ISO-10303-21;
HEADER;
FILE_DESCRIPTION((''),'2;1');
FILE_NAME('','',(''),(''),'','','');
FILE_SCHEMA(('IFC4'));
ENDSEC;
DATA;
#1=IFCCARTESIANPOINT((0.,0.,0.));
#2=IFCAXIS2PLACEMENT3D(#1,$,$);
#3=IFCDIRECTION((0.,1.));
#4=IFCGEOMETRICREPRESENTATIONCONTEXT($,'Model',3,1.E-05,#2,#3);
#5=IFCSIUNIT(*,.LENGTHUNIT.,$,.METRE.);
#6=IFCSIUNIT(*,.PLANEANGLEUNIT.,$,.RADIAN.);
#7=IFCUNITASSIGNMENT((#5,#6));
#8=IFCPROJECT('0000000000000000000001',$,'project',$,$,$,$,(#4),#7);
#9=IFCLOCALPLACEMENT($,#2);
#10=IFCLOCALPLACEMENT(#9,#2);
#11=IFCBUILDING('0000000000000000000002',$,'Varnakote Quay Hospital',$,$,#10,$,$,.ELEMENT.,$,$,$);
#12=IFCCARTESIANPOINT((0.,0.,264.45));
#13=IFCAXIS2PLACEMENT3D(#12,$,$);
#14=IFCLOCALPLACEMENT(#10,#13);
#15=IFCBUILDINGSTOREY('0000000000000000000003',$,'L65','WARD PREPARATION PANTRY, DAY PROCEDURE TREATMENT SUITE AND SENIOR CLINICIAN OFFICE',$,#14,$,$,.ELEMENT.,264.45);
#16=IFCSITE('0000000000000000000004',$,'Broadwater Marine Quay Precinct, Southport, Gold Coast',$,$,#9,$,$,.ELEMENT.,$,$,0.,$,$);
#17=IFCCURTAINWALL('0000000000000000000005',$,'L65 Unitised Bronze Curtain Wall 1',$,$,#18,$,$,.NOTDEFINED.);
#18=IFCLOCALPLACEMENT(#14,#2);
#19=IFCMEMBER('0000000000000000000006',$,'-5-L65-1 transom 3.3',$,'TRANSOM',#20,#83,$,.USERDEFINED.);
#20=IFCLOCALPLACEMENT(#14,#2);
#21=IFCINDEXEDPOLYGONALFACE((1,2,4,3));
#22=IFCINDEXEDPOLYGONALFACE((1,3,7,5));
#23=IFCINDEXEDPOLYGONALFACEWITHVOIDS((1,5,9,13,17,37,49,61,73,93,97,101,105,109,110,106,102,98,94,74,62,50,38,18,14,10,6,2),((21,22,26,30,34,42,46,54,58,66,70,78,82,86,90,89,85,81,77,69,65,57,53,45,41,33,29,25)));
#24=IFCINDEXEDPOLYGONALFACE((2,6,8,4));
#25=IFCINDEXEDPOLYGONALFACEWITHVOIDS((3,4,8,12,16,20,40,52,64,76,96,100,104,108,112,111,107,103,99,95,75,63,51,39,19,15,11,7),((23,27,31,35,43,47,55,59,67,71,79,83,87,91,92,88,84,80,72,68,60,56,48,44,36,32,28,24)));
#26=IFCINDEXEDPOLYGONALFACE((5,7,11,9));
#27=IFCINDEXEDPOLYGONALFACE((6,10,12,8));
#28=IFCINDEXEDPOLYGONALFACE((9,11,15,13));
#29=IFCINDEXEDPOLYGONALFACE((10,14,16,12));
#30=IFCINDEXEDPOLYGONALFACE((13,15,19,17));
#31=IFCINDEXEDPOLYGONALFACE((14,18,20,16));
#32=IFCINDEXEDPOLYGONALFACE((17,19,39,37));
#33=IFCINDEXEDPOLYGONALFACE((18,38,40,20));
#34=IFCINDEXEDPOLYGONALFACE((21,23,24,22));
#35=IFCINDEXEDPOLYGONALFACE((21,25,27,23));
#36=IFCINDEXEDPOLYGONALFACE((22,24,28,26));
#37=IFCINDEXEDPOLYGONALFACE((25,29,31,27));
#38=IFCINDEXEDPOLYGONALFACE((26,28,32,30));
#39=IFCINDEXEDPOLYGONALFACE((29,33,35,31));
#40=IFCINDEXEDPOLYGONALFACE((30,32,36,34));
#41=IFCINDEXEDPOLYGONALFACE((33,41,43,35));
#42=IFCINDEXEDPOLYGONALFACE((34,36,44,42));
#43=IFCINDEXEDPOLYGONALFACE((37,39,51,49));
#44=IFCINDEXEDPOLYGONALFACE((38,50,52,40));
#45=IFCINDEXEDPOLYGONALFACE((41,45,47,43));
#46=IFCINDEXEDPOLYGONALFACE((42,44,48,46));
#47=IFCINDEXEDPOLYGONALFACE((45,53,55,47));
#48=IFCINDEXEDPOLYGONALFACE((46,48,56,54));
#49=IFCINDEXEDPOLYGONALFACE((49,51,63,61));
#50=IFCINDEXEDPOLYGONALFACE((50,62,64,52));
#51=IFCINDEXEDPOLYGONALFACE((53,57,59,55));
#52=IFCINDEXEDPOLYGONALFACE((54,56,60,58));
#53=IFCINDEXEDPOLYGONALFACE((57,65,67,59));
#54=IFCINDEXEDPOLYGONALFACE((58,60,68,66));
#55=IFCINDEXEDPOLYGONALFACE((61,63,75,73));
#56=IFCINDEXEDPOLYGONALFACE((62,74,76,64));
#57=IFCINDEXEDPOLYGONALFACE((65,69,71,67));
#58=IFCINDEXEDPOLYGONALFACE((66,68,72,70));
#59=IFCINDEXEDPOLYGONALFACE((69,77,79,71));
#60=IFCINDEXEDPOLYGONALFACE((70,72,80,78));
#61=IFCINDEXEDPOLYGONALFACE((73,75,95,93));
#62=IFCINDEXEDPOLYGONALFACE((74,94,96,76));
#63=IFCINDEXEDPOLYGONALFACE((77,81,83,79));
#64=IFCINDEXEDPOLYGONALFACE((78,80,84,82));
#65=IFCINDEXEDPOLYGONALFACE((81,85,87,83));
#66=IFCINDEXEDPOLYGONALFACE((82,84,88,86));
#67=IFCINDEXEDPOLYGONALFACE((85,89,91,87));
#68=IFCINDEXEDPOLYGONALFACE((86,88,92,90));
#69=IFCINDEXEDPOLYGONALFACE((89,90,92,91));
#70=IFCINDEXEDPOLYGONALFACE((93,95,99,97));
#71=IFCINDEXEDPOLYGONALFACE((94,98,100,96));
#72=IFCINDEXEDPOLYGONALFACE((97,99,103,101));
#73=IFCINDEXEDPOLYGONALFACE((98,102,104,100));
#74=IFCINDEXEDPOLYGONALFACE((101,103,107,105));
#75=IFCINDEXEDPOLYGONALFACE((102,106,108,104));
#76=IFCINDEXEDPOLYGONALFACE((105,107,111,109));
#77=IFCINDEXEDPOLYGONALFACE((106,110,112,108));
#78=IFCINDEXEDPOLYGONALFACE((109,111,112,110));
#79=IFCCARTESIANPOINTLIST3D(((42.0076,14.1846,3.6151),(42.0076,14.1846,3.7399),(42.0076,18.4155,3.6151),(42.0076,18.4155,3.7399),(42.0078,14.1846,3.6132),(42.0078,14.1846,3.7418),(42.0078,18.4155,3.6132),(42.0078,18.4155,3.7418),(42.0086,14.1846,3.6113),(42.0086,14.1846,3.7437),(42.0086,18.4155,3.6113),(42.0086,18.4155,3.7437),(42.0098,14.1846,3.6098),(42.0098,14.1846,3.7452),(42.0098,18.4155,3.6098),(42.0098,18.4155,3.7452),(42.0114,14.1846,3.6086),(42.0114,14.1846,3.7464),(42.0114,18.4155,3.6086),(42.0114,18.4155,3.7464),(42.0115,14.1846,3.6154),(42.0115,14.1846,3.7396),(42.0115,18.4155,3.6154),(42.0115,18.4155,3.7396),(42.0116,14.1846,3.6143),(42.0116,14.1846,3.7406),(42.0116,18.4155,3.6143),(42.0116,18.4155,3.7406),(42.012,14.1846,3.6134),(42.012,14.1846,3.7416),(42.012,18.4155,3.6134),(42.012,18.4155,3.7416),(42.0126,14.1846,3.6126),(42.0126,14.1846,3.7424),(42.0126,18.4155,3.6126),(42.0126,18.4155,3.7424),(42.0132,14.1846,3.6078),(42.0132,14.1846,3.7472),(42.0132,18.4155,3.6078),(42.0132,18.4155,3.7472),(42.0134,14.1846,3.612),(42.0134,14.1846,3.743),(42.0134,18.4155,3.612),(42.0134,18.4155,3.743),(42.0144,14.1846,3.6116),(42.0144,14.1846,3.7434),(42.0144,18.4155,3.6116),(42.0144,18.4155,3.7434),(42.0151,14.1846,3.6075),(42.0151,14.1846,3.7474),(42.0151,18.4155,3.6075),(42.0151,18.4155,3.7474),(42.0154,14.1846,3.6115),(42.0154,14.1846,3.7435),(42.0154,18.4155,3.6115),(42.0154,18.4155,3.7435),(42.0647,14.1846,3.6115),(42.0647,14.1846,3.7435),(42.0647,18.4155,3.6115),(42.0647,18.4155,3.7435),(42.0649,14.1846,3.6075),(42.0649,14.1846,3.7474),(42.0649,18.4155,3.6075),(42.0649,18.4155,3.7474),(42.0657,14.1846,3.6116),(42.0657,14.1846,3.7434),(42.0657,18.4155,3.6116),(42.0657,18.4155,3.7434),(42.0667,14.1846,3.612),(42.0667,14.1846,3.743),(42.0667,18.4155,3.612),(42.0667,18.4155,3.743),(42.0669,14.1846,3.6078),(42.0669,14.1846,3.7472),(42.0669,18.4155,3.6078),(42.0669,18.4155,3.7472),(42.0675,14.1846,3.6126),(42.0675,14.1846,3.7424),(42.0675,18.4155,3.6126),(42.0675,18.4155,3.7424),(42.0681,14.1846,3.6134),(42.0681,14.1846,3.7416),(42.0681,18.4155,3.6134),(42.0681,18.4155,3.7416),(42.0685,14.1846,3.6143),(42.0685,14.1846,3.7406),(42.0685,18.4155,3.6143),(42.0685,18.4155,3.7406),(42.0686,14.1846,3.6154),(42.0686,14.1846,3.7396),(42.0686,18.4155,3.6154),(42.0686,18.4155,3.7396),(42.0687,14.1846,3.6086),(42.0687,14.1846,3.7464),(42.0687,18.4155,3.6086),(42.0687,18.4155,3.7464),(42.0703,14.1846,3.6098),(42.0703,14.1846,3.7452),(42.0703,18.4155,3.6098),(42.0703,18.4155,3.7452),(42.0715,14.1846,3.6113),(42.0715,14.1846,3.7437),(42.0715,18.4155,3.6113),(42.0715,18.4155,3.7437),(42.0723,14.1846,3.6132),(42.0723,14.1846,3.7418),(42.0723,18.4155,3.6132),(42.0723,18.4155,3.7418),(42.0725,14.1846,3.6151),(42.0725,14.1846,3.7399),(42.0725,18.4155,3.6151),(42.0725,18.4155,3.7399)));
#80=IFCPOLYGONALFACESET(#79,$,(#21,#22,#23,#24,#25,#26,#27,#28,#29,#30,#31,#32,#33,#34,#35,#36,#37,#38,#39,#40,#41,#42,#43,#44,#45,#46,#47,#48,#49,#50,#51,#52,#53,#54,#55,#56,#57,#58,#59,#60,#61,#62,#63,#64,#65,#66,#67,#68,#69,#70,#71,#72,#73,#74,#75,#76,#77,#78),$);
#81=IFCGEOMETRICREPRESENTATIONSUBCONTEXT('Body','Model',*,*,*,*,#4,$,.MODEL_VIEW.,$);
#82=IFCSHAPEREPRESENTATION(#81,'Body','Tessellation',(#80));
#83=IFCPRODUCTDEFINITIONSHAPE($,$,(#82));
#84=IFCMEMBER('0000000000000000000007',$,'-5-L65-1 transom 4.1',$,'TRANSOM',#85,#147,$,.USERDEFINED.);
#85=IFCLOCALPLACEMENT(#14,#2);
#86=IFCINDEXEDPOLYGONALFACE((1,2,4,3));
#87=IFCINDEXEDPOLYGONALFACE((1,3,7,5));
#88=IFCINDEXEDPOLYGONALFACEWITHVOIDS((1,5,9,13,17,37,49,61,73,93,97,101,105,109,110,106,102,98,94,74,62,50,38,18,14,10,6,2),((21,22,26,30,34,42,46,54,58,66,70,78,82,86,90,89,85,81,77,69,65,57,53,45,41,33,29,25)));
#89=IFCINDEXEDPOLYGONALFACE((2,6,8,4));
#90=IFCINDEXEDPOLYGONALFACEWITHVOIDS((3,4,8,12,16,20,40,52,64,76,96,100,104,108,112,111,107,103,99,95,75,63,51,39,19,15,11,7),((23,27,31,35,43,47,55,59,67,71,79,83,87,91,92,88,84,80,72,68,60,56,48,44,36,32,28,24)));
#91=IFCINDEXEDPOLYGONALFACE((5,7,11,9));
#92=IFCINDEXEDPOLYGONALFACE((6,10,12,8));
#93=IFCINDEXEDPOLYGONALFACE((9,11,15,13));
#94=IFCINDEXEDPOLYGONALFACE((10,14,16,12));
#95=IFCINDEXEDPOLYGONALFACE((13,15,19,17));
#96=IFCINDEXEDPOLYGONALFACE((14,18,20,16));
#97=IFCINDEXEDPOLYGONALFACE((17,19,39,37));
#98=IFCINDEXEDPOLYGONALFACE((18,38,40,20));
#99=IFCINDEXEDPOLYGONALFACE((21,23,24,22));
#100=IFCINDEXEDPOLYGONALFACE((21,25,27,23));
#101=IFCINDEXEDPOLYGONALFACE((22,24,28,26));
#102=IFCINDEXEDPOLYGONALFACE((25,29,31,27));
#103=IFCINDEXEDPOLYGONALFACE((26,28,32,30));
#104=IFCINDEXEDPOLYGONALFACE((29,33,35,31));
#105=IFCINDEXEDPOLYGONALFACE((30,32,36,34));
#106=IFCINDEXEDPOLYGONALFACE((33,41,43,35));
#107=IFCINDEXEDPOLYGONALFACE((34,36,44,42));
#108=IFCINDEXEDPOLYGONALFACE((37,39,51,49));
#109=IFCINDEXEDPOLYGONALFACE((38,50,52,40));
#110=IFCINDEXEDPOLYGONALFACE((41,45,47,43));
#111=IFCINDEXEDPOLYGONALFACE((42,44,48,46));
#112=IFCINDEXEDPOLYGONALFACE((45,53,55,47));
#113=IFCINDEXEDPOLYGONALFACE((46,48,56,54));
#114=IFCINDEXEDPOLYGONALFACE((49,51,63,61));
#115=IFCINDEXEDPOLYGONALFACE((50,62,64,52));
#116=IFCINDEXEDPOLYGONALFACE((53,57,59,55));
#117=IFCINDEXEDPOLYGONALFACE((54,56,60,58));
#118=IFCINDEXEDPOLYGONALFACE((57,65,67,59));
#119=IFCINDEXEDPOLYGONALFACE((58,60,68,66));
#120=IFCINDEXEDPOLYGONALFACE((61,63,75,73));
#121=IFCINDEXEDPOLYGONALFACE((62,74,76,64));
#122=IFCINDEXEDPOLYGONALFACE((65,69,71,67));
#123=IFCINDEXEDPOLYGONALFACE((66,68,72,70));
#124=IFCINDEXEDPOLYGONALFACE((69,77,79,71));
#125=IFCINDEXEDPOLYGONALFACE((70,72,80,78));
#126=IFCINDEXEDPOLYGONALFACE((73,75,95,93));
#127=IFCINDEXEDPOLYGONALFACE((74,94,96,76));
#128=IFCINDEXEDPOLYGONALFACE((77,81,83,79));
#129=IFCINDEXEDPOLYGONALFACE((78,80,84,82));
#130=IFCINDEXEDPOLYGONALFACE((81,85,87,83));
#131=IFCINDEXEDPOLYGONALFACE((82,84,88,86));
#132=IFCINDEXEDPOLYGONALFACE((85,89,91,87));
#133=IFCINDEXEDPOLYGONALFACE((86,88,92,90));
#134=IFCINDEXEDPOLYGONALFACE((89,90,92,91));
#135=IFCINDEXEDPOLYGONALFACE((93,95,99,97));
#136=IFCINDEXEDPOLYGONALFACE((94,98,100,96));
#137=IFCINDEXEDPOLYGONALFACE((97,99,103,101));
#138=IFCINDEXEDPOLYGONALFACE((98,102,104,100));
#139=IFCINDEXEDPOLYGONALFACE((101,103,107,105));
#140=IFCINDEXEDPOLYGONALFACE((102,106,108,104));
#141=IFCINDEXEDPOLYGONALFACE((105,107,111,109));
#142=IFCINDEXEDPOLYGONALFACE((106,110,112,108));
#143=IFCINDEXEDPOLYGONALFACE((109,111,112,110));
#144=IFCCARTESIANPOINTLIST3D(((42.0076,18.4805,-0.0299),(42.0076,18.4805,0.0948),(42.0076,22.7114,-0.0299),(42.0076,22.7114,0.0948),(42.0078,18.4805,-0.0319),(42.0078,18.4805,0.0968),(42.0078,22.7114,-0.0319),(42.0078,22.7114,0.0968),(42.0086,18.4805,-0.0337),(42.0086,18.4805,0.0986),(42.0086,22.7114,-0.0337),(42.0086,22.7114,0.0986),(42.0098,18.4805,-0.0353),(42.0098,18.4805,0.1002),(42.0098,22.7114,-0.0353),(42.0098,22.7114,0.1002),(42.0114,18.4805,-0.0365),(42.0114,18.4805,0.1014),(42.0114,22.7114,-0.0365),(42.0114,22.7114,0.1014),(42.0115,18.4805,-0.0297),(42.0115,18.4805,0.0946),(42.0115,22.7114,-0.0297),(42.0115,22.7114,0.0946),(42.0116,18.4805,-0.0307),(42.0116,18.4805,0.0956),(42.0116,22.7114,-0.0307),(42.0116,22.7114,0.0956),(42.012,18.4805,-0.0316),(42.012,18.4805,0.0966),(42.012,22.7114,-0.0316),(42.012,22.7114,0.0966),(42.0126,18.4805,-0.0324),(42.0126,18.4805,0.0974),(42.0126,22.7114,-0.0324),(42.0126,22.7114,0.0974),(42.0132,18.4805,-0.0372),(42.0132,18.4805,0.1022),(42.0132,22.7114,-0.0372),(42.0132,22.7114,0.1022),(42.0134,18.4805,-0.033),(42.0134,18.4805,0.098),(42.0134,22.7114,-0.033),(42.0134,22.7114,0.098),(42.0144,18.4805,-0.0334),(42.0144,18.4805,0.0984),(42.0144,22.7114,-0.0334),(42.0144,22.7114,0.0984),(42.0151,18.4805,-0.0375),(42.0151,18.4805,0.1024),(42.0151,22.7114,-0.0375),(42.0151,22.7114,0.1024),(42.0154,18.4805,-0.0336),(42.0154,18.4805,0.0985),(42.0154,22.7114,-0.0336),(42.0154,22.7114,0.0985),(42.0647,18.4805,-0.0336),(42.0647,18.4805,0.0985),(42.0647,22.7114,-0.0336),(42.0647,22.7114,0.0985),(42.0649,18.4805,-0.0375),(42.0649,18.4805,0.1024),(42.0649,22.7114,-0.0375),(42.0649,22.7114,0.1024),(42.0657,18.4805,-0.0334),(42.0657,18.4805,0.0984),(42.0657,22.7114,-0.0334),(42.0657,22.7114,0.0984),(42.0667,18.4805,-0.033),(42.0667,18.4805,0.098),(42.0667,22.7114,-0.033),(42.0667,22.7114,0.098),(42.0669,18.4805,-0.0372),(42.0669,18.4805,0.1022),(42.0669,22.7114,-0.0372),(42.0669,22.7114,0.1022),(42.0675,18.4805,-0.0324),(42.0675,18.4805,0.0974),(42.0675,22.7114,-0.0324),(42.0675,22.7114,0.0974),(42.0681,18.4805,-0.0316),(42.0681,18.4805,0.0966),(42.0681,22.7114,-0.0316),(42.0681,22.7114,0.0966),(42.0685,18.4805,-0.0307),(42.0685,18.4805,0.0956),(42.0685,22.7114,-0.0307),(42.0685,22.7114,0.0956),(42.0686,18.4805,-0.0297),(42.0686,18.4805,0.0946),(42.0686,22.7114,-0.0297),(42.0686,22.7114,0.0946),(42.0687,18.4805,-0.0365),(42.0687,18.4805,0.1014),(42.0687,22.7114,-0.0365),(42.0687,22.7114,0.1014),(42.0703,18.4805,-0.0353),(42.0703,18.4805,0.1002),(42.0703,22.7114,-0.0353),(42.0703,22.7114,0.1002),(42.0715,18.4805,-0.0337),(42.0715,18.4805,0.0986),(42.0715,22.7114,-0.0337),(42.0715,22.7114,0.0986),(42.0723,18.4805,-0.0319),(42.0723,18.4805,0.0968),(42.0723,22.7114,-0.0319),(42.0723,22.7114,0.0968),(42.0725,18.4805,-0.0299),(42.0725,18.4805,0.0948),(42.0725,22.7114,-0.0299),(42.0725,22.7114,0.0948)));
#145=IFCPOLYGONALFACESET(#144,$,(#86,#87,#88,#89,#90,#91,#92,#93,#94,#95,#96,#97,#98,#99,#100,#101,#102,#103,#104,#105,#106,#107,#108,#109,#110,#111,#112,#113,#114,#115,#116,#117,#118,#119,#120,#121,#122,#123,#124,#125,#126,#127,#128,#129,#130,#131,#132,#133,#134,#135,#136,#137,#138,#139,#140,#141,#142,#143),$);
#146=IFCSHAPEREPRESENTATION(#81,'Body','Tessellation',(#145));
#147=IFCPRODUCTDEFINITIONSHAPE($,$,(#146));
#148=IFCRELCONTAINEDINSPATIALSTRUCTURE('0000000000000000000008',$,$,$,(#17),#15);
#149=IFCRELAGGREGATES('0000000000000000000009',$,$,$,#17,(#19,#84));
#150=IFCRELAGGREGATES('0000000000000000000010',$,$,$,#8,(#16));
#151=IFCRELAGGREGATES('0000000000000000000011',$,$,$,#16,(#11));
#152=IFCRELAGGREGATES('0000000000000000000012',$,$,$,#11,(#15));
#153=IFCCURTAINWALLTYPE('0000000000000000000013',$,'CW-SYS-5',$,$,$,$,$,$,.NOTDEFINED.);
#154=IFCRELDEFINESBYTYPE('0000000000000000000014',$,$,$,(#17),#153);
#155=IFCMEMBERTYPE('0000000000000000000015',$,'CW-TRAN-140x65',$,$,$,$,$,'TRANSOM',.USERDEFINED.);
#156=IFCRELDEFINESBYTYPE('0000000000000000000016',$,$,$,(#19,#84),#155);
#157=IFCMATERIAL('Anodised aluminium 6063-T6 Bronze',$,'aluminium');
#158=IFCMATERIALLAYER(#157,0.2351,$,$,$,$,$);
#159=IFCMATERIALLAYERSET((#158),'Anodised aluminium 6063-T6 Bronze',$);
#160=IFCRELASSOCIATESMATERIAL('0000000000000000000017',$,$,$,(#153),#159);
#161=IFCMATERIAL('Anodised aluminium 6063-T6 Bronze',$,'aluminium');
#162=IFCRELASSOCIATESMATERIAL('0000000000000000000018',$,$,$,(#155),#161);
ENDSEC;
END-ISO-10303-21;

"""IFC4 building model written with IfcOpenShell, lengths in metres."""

from ifc_helpers import new_model, si_unit, direction, frame, origin, origin_2d, place, context, subcontext, project, spatial, hollow_rectangle, extrude, material, layer, layer_set, material_profile, profile_set, type_object, element, aggregate, save


model = new_model("IFC4")

# Units and contexts
model_context = context("Model", 3, precision=1e-05, world=origin(), true_north=direction((0.0, 1.0)))
body_context = subcontext(model_context, "Body", "Model", "MODEL_VIEW")
ifc_project = project(units=[si_unit("LENGTHUNIT", "METRE"), si_unit("PLANEANGLEUNIT", "RADIAN")], contexts=[model_context])

# Site, building, storey
site_placement = place(None, origin())
site = spatial("IfcSite", under=ifc_project, at=site_placement, Name="Broadwater Marine Quay Precinct, Southport, Gold Coast", CompositionType="ELEMENT", RefElevation=0.0)
building_placement = place(site_placement, origin())
building = spatial("IfcBuilding", under=site, at=building_placement, Name="Varnakote Quay Hospital", CompositionType="ELEMENT")
storey_placement = place(building_placement, frame((0.0, 0.0, 264.45)))
storey = spatial("IfcBuildingStorey", under=building, at=storey_placement, Name="L65", Description="WARD PREPARATION PANTRY, DAY PROCEDURE TREATMENT SUITE AND SENIOR CLINICIAN OFFICE", CompositionType="ELEMENT", Elevation=264.45)

# Curtain wall, members
ifc_material_1 = material(Name="Anodised aluminium 6063-T6 Bronze", Category="aluminium")
ifc_layer_1 = layer(ifc_material_1, 0.2351)
ifc_layer_set_1 = layer_set([ifc_layer_1], Name="Anodised aluminium 6063-T6 Bronze")
curtain_wall_type = type_object("IfcCurtainWallType", Name="CW-SYS-5", PredefinedType="NOTDEFINED", material=ifc_layer_set_1)
curtain_wall_placement = place(storey_placement, origin())
curtain_wall = element("IfcCurtainWall", 1, at=curtain_wall_placement, inside=storey, type_object=curtain_wall_type, Name="L65 Unitised Bronze Curtain Wall 1", PredefinedType="NOTDEFINED")
ifc_material_2 = material(Name="Anodised aluminium 6063-T6 Bronze", Category="aluminium")
ifc_material_profile_1 = material_profile(ifc_material_2, hollow_rectangle(XDim=0.0649, YDim=0.1399, WallThickness=0.0039, InnerFilletRadius=0.0039, OuterFilletRadius=0.0076, at=origin_2d()), Name="CW-TRAN-140x65")
ifc_profile_set_1 = profile_set([ifc_material_profile_1], Name="Anodised aluminium 6063-T6 Bronze")
member_type_1 = type_object("IfcMemberType", Name="CW-TRAN-140x65", ElementType="TRANSOM", PredefinedType="USERDEFINED", material=ifc_profile_set_1)
member_1_placement = place(storey_placement, frame((42.04, 14.1846, 3.6775), z_axis=(0.0, 1.0, 0.0), x_axis=(-1.0, 0.0, 0.0)))
member_1 = element("IfcMember", 2, at=member_1_placement, type_object=member_type_1, Name="-5-L65-1 transom 3.3", ObjectType="TRANSOM", PredefinedType="USERDEFINED", context=body_context, shape_type="SweptSolid", body=[
    extrude(hollow_rectangle(XDim=0.0649, YDim=0.1399, WallThickness=0.0039, InnerFilletRadius=0.0039, OuterFilletRadius=0.0076, at=origin_2d()), origin(), (0.0, 0.0, 1.0), 4.231),
])
member_2_placement = place(storey_placement, frame((42.04, 18.4805, 0.0325), z_axis=(0.0, 1.0, 0.0), x_axis=(-1.0, 0.0, 0.0)))
member_2 = element("IfcMember", 3, at=member_2_placement, type_object=member_type_1, Name="-5-L65-1 transom 4.1", ObjectType="TRANSOM", PredefinedType="USERDEFINED", context=body_context, shape_type="SweptSolid", body=[
    extrude(hollow_rectangle(XDim=0.0649, YDim=0.1399, WallThickness=0.0039, InnerFilletRadius=0.0039, OuterFilletRadius=0.0076, at=origin_2d()), origin(), (0.0, 0.0, 1.0), 4.231),
])
aggregate(curtain_wall, [member_1, member_2])

save(model, "model.ifc")
